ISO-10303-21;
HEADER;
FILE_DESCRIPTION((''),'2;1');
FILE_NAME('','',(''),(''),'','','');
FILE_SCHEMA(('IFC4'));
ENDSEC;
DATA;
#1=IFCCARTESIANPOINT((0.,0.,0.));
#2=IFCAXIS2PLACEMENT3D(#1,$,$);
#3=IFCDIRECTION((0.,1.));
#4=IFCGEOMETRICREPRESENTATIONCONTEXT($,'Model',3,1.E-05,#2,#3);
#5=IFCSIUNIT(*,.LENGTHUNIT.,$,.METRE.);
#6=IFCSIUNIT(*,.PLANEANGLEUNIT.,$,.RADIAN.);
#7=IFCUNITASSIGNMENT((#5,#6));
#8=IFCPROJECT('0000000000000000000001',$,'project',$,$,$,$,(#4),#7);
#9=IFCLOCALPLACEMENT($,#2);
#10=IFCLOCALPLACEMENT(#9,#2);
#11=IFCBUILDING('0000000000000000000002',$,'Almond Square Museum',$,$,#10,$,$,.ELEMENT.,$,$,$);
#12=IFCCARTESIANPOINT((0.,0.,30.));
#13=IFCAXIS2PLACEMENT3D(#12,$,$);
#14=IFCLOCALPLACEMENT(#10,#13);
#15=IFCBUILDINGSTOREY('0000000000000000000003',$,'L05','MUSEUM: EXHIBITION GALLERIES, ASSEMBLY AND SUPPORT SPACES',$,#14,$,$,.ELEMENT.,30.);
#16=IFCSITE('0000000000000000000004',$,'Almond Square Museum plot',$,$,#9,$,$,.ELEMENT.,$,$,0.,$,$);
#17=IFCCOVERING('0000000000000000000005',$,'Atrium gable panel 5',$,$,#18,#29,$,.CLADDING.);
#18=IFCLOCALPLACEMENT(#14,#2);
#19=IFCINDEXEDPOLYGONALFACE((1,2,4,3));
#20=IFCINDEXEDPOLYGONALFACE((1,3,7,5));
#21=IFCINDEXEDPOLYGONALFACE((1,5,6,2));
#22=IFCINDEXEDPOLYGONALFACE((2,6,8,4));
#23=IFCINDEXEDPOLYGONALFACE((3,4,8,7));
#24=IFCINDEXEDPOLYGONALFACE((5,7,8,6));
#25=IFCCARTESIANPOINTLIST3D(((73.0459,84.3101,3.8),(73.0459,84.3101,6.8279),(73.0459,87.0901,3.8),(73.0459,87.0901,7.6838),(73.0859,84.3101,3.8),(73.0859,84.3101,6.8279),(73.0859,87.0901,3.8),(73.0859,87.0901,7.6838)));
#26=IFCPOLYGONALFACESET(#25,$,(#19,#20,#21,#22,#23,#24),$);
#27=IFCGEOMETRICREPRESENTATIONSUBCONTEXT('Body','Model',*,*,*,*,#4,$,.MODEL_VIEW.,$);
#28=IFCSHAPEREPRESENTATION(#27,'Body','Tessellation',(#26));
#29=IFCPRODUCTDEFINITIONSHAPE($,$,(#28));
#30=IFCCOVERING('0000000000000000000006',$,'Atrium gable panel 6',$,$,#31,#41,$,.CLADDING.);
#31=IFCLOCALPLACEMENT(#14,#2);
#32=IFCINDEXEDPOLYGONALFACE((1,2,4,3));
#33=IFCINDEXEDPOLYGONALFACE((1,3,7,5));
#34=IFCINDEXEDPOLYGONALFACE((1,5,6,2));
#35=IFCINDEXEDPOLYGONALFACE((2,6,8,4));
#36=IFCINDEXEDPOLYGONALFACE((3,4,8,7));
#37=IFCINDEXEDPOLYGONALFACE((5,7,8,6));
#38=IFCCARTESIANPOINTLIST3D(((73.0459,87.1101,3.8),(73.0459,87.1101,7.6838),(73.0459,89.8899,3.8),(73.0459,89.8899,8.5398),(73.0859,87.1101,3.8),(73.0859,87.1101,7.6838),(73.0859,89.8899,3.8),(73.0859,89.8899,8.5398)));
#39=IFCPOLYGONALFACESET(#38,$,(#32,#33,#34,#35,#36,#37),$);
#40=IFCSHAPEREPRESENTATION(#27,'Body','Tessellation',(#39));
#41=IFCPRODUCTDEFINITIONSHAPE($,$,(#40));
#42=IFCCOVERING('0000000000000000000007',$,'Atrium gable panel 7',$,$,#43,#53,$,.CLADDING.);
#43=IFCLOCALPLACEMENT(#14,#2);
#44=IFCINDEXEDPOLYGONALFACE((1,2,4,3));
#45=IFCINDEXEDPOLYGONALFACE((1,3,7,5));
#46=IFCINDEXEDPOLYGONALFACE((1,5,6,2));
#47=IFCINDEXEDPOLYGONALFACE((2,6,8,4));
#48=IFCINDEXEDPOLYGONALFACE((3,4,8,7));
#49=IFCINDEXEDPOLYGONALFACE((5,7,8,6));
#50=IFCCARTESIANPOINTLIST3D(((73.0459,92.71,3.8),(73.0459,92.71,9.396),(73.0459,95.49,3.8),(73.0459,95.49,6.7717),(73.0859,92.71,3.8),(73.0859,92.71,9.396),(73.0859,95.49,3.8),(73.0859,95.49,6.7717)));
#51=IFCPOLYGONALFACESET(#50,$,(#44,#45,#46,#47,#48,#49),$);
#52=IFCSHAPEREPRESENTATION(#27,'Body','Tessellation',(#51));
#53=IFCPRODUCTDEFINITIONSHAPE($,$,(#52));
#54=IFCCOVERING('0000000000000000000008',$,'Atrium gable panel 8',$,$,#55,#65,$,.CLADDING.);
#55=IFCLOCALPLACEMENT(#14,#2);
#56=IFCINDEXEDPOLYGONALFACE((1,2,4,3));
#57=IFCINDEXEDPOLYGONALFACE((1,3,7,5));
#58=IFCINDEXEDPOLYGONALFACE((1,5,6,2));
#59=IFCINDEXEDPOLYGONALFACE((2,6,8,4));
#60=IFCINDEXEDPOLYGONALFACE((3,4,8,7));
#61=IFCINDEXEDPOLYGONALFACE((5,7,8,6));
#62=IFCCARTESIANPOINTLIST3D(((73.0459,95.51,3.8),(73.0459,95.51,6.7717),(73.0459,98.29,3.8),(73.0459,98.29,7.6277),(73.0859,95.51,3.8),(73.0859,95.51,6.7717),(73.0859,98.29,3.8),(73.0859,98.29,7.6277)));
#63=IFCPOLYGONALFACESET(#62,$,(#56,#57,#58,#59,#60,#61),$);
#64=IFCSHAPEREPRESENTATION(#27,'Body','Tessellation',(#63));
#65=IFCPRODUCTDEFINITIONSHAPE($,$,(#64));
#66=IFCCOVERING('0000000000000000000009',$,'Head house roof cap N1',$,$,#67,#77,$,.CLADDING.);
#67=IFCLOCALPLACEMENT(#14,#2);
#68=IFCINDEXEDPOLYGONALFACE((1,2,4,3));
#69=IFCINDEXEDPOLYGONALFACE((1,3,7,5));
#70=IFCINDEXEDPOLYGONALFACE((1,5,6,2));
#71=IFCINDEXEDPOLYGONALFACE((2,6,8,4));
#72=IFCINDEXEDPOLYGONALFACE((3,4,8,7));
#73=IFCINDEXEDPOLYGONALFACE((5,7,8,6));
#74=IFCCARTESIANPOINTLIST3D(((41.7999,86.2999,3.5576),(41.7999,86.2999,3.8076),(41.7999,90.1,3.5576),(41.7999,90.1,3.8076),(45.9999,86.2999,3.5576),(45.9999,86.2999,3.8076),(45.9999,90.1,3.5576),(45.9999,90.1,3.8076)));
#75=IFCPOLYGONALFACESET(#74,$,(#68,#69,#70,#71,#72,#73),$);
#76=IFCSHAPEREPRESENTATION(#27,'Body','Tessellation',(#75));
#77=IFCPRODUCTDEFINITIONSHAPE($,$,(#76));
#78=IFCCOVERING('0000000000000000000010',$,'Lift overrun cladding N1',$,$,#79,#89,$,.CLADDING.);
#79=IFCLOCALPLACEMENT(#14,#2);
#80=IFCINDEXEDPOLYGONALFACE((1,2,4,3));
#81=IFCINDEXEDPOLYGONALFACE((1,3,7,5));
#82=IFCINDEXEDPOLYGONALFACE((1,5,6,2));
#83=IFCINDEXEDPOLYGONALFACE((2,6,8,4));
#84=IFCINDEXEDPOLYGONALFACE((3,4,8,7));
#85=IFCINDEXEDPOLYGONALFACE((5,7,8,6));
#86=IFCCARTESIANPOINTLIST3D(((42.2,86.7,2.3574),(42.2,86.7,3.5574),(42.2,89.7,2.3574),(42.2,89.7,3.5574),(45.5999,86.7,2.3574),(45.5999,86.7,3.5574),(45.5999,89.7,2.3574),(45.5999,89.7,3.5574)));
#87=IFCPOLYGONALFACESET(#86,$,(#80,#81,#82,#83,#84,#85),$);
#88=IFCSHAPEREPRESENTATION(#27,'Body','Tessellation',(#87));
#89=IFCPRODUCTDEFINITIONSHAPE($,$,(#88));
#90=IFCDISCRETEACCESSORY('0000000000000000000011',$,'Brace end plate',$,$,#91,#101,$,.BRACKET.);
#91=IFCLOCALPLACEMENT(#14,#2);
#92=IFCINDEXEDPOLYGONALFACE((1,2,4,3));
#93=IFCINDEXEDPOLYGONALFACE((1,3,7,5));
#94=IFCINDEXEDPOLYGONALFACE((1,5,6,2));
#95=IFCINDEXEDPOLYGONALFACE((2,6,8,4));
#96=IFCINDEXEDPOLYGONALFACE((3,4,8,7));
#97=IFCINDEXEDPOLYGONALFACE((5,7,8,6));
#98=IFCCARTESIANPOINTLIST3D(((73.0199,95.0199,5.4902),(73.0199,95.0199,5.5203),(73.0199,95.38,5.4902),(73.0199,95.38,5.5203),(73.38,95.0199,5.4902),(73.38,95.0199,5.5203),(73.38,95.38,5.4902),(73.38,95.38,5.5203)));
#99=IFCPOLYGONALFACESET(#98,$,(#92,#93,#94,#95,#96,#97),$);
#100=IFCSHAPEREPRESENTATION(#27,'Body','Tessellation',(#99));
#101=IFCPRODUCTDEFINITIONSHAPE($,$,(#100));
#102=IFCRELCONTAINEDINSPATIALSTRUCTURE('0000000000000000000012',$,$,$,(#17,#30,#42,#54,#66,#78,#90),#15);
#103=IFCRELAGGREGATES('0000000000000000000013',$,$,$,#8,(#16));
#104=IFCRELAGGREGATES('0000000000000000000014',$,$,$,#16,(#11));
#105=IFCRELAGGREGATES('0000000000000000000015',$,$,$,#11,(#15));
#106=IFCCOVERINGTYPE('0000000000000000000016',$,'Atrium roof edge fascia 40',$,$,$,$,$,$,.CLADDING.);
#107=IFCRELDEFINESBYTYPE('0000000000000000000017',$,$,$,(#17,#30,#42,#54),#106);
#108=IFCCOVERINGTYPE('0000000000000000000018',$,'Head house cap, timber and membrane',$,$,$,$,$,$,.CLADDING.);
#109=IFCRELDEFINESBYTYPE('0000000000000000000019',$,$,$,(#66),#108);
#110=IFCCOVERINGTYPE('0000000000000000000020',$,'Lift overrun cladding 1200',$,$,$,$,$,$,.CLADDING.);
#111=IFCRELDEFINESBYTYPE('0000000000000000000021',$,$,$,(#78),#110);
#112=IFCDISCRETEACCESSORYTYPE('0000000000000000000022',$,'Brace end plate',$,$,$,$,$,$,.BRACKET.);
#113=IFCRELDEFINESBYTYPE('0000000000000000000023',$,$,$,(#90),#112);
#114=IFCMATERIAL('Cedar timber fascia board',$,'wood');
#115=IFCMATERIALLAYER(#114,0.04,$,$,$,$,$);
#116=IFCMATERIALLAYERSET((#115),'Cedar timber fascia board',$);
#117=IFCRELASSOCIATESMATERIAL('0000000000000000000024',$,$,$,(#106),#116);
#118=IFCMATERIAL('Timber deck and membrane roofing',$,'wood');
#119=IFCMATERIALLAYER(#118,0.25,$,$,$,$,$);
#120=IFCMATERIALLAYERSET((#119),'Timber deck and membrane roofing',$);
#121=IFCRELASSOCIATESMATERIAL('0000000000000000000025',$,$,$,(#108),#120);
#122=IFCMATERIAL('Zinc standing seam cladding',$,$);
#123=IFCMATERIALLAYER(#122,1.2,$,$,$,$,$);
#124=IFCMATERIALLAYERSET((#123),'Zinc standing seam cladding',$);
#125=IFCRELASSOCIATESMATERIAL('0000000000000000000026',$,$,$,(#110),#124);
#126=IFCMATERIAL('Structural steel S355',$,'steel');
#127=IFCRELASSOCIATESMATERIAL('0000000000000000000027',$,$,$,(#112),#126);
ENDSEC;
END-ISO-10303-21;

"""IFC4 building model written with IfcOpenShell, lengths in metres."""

from ifc_helpers import new_model, si_unit, direction, frame, origin, origin_2d, place, context, subcontext, project, spatial, polyline, rectangle, outline, extrude, material, layer, layer_set, type_object, element, save


model = new_model("IFC4")

# Units and contexts
model_context = context("Model", 3, precision=1e-05, world=origin(), true_north=direction((0.0, 1.0)))
body_context = subcontext(model_context, "Body", "Model", "MODEL_VIEW")
ifc_project = project(units=[si_unit("LENGTHUNIT", "METRE"), si_unit("PLANEANGLEUNIT", "RADIAN")], contexts=[model_context])

# Site, building, storey
site_placement = place(None, origin())
site = spatial("IfcSite", under=ifc_project, at=site_placement, Name="Almond Square Museum plot", CompositionType="ELEMENT", RefElevation=0.0)
building_placement = place(site_placement, origin())
building = spatial("IfcBuilding", under=site, at=building_placement, Name="Almond Square Museum", CompositionType="ELEMENT")
storey_placement = place(building_placement, frame((0.0, 0.0, 30.0)))
storey = spatial("IfcBuildingStorey", under=building, at=storey_placement, Name="L05", Description="MUSEUM: EXHIBITION GALLERIES, ASSEMBLY AND SUPPORT SPACES", CompositionType="ELEMENT", Elevation=30.0)

# Coverings
ifc_material_1 = material(Name="Cedar timber fascia board", Category="wood")
ifc_layer_1 = layer(ifc_material_1, 0.04)
ifc_layer_set_1 = layer_set([ifc_layer_1], Name="Cedar timber fascia board")
covering_type_1 = type_object("IfcCoveringType", Name="Atrium roof edge fascia 40", PredefinedType="CLADDING", material=ifc_layer_set_1)
covering_1_placement = place(storey_placement, frame((73.0659, 84.3101, 3.8), z_axis=(1.0, 0.0, 0.0), x_axis=(0.0, 1.0, 0.0)))
element("IfcCovering", 1, at=covering_1_placement, inside=storey, type_object=covering_type_1, Name="Atrium gable panel 5", PredefinedType="CLADDING", context=body_context, shape_type="SweptSolid", body=[
    extrude(outline(polyline([(0.0, 0.0), (2.78, 0.0), (2.78, 3.8838), (0.0, 3.0278), (0.0, 0.0)])), frame((0.0, 0.0, -0.02)), (0.0, 0.0, 1.0), 0.04),
])
covering_2_placement = place(storey_placement, frame((73.0659, 87.1101, 3.8), z_axis=(1.0, 0.0, 0.0), x_axis=(0.0, 1.0, 0.0)))
element("IfcCovering", 2, at=covering_2_placement, inside=storey, type_object=covering_type_1, Name="Atrium gable panel 6", PredefinedType="CLADDING", context=body_context, shape_type="SweptSolid", body=[
    extrude(outline(polyline([(0.0, 0.0), (2.7798, 0.0), (2.7798, 4.7397), (0.0, 3.8838), (0.0, 0.0)])), frame((0.0, 0.0, -0.02)), (0.0, 0.0, 1.0), 0.04),
])
covering_3_placement = place(storey_placement, frame((73.0659, 92.71, 3.8), z_axis=(1.0, 0.0, 0.0), x_axis=(0.0, 1.0, 0.0)))
element("IfcCovering", 3, at=covering_3_placement, inside=storey, type_object=covering_type_1, Name="Atrium gable panel 7", PredefinedType="CLADDING", context=body_context, shape_type="SweptSolid", body=[
    extrude(outline(polyline([(0.0, 0.0), (2.78, 0.0), (2.78, 2.9717), (0.0, 5.5959), (0.0, 0.0)])), frame((0.0, 0.0, -0.02)), (0.0, 0.0, 1.0), 0.04),
])
covering_4_placement = place(storey_placement, frame((73.0659, 95.51, 3.8), z_axis=(1.0, 0.0, 0.0), x_axis=(0.0, 1.0, 0.0)))
element("IfcCovering", 4, at=covering_4_placement, inside=storey, type_object=covering_type_1, Name="Atrium gable panel 8", PredefinedType="CLADDING", context=body_context, shape_type="SweptSolid", body=[
    extrude(outline(polyline([(0.0, 0.0), (2.78, 0.0), (2.78, 3.8276), (0.0, 2.9717), (0.0, 0.0)])), frame((0.0, 0.0, -0.02)), (0.0, 0.0, 1.0), 0.04),
])
ifc_material_2 = material(Name="Timber deck and membrane roofing", Category="wood")
ifc_layer_2 = layer(ifc_material_2, 0.25)
ifc_layer_set_2 = layer_set([ifc_layer_2], Name="Timber deck and membrane roofing")
covering_type_2 = type_object("IfcCoveringType", Name="Head house cap, timber and membrane", PredefinedType="CLADDING", material=ifc_layer_set_2)
covering_5_placement = place(storey_placement, frame((43.8999, 88.2, 3.5576), z_axis=(0.0, 0.0, 1.0), x_axis=(1.0, 0.0, 0.0)))
element("IfcCovering", 5, at=covering_5_placement, inside=storey, type_object=covering_type_2, Name="Head house roof cap N1", PredefinedType="CLADDING", context=body_context, shape_type="SweptSolid", body=[
    extrude(rectangle(XDim=4.2, YDim=3.8, at=origin_2d()), origin(), (0.0, 0.0, 1.0), 0.25),
])
ifc_material_3 = material(Name="Zinc standing seam cladding")
ifc_layer_3 = layer(ifc_material_3, 1.2)
ifc_layer_set_3 = layer_set([ifc_layer_3], Name="Zinc standing seam cladding")
covering_type_3 = type_object("IfcCoveringType", Name="Lift overrun cladding 1200", PredefinedType="CLADDING", material=ifc_layer_set_3)
covering_6_placement = place(storey_placement, frame((43.8999, 88.2, 2.3574), z_axis=(0.0, 0.0, 1.0), x_axis=(1.0, 0.0, 0.0)))
element("IfcCovering", 6, at=covering_6_placement, inside=storey, type_object=covering_type_3, Name="Lift overrun cladding N1", PredefinedType="CLADDING", context=body_context, shape_type="SweptSolid", body=[
    extrude(rectangle(XDim=3.3999, YDim=3.0, at=origin_2d()), origin(), (0.0, 0.0, 1.0), 1.2),
])

# Discrete accessory
ifc_material_4 = material(Name="Structural steel S355", Category="steel")
discrete_accessory_type = type_object("IfcDiscreteAccessoryType", Name="Brace end plate", PredefinedType="BRACKET", material=ifc_material_4)
discrete_accessory_placement = place(storey_placement, frame((73.2, 95.2, 5.4902), z_axis=(0.0, 0.0, 1.0), x_axis=(1.0, 0.0, 0.0)))
element("IfcDiscreteAccessory", 7, at=discrete_accessory_placement, inside=storey, type_object=discrete_accessory_type, Name="Brace end plate", PredefinedType="BRACKET", context=body_context, shape_type="SweptSolid", body=[
    extrude(rectangle(XDim=0.3601, YDim=0.3601, at=origin_2d()), origin(), (0.0, 0.0, 1.0), 0.03),
])

save(model, "model.ifc")
